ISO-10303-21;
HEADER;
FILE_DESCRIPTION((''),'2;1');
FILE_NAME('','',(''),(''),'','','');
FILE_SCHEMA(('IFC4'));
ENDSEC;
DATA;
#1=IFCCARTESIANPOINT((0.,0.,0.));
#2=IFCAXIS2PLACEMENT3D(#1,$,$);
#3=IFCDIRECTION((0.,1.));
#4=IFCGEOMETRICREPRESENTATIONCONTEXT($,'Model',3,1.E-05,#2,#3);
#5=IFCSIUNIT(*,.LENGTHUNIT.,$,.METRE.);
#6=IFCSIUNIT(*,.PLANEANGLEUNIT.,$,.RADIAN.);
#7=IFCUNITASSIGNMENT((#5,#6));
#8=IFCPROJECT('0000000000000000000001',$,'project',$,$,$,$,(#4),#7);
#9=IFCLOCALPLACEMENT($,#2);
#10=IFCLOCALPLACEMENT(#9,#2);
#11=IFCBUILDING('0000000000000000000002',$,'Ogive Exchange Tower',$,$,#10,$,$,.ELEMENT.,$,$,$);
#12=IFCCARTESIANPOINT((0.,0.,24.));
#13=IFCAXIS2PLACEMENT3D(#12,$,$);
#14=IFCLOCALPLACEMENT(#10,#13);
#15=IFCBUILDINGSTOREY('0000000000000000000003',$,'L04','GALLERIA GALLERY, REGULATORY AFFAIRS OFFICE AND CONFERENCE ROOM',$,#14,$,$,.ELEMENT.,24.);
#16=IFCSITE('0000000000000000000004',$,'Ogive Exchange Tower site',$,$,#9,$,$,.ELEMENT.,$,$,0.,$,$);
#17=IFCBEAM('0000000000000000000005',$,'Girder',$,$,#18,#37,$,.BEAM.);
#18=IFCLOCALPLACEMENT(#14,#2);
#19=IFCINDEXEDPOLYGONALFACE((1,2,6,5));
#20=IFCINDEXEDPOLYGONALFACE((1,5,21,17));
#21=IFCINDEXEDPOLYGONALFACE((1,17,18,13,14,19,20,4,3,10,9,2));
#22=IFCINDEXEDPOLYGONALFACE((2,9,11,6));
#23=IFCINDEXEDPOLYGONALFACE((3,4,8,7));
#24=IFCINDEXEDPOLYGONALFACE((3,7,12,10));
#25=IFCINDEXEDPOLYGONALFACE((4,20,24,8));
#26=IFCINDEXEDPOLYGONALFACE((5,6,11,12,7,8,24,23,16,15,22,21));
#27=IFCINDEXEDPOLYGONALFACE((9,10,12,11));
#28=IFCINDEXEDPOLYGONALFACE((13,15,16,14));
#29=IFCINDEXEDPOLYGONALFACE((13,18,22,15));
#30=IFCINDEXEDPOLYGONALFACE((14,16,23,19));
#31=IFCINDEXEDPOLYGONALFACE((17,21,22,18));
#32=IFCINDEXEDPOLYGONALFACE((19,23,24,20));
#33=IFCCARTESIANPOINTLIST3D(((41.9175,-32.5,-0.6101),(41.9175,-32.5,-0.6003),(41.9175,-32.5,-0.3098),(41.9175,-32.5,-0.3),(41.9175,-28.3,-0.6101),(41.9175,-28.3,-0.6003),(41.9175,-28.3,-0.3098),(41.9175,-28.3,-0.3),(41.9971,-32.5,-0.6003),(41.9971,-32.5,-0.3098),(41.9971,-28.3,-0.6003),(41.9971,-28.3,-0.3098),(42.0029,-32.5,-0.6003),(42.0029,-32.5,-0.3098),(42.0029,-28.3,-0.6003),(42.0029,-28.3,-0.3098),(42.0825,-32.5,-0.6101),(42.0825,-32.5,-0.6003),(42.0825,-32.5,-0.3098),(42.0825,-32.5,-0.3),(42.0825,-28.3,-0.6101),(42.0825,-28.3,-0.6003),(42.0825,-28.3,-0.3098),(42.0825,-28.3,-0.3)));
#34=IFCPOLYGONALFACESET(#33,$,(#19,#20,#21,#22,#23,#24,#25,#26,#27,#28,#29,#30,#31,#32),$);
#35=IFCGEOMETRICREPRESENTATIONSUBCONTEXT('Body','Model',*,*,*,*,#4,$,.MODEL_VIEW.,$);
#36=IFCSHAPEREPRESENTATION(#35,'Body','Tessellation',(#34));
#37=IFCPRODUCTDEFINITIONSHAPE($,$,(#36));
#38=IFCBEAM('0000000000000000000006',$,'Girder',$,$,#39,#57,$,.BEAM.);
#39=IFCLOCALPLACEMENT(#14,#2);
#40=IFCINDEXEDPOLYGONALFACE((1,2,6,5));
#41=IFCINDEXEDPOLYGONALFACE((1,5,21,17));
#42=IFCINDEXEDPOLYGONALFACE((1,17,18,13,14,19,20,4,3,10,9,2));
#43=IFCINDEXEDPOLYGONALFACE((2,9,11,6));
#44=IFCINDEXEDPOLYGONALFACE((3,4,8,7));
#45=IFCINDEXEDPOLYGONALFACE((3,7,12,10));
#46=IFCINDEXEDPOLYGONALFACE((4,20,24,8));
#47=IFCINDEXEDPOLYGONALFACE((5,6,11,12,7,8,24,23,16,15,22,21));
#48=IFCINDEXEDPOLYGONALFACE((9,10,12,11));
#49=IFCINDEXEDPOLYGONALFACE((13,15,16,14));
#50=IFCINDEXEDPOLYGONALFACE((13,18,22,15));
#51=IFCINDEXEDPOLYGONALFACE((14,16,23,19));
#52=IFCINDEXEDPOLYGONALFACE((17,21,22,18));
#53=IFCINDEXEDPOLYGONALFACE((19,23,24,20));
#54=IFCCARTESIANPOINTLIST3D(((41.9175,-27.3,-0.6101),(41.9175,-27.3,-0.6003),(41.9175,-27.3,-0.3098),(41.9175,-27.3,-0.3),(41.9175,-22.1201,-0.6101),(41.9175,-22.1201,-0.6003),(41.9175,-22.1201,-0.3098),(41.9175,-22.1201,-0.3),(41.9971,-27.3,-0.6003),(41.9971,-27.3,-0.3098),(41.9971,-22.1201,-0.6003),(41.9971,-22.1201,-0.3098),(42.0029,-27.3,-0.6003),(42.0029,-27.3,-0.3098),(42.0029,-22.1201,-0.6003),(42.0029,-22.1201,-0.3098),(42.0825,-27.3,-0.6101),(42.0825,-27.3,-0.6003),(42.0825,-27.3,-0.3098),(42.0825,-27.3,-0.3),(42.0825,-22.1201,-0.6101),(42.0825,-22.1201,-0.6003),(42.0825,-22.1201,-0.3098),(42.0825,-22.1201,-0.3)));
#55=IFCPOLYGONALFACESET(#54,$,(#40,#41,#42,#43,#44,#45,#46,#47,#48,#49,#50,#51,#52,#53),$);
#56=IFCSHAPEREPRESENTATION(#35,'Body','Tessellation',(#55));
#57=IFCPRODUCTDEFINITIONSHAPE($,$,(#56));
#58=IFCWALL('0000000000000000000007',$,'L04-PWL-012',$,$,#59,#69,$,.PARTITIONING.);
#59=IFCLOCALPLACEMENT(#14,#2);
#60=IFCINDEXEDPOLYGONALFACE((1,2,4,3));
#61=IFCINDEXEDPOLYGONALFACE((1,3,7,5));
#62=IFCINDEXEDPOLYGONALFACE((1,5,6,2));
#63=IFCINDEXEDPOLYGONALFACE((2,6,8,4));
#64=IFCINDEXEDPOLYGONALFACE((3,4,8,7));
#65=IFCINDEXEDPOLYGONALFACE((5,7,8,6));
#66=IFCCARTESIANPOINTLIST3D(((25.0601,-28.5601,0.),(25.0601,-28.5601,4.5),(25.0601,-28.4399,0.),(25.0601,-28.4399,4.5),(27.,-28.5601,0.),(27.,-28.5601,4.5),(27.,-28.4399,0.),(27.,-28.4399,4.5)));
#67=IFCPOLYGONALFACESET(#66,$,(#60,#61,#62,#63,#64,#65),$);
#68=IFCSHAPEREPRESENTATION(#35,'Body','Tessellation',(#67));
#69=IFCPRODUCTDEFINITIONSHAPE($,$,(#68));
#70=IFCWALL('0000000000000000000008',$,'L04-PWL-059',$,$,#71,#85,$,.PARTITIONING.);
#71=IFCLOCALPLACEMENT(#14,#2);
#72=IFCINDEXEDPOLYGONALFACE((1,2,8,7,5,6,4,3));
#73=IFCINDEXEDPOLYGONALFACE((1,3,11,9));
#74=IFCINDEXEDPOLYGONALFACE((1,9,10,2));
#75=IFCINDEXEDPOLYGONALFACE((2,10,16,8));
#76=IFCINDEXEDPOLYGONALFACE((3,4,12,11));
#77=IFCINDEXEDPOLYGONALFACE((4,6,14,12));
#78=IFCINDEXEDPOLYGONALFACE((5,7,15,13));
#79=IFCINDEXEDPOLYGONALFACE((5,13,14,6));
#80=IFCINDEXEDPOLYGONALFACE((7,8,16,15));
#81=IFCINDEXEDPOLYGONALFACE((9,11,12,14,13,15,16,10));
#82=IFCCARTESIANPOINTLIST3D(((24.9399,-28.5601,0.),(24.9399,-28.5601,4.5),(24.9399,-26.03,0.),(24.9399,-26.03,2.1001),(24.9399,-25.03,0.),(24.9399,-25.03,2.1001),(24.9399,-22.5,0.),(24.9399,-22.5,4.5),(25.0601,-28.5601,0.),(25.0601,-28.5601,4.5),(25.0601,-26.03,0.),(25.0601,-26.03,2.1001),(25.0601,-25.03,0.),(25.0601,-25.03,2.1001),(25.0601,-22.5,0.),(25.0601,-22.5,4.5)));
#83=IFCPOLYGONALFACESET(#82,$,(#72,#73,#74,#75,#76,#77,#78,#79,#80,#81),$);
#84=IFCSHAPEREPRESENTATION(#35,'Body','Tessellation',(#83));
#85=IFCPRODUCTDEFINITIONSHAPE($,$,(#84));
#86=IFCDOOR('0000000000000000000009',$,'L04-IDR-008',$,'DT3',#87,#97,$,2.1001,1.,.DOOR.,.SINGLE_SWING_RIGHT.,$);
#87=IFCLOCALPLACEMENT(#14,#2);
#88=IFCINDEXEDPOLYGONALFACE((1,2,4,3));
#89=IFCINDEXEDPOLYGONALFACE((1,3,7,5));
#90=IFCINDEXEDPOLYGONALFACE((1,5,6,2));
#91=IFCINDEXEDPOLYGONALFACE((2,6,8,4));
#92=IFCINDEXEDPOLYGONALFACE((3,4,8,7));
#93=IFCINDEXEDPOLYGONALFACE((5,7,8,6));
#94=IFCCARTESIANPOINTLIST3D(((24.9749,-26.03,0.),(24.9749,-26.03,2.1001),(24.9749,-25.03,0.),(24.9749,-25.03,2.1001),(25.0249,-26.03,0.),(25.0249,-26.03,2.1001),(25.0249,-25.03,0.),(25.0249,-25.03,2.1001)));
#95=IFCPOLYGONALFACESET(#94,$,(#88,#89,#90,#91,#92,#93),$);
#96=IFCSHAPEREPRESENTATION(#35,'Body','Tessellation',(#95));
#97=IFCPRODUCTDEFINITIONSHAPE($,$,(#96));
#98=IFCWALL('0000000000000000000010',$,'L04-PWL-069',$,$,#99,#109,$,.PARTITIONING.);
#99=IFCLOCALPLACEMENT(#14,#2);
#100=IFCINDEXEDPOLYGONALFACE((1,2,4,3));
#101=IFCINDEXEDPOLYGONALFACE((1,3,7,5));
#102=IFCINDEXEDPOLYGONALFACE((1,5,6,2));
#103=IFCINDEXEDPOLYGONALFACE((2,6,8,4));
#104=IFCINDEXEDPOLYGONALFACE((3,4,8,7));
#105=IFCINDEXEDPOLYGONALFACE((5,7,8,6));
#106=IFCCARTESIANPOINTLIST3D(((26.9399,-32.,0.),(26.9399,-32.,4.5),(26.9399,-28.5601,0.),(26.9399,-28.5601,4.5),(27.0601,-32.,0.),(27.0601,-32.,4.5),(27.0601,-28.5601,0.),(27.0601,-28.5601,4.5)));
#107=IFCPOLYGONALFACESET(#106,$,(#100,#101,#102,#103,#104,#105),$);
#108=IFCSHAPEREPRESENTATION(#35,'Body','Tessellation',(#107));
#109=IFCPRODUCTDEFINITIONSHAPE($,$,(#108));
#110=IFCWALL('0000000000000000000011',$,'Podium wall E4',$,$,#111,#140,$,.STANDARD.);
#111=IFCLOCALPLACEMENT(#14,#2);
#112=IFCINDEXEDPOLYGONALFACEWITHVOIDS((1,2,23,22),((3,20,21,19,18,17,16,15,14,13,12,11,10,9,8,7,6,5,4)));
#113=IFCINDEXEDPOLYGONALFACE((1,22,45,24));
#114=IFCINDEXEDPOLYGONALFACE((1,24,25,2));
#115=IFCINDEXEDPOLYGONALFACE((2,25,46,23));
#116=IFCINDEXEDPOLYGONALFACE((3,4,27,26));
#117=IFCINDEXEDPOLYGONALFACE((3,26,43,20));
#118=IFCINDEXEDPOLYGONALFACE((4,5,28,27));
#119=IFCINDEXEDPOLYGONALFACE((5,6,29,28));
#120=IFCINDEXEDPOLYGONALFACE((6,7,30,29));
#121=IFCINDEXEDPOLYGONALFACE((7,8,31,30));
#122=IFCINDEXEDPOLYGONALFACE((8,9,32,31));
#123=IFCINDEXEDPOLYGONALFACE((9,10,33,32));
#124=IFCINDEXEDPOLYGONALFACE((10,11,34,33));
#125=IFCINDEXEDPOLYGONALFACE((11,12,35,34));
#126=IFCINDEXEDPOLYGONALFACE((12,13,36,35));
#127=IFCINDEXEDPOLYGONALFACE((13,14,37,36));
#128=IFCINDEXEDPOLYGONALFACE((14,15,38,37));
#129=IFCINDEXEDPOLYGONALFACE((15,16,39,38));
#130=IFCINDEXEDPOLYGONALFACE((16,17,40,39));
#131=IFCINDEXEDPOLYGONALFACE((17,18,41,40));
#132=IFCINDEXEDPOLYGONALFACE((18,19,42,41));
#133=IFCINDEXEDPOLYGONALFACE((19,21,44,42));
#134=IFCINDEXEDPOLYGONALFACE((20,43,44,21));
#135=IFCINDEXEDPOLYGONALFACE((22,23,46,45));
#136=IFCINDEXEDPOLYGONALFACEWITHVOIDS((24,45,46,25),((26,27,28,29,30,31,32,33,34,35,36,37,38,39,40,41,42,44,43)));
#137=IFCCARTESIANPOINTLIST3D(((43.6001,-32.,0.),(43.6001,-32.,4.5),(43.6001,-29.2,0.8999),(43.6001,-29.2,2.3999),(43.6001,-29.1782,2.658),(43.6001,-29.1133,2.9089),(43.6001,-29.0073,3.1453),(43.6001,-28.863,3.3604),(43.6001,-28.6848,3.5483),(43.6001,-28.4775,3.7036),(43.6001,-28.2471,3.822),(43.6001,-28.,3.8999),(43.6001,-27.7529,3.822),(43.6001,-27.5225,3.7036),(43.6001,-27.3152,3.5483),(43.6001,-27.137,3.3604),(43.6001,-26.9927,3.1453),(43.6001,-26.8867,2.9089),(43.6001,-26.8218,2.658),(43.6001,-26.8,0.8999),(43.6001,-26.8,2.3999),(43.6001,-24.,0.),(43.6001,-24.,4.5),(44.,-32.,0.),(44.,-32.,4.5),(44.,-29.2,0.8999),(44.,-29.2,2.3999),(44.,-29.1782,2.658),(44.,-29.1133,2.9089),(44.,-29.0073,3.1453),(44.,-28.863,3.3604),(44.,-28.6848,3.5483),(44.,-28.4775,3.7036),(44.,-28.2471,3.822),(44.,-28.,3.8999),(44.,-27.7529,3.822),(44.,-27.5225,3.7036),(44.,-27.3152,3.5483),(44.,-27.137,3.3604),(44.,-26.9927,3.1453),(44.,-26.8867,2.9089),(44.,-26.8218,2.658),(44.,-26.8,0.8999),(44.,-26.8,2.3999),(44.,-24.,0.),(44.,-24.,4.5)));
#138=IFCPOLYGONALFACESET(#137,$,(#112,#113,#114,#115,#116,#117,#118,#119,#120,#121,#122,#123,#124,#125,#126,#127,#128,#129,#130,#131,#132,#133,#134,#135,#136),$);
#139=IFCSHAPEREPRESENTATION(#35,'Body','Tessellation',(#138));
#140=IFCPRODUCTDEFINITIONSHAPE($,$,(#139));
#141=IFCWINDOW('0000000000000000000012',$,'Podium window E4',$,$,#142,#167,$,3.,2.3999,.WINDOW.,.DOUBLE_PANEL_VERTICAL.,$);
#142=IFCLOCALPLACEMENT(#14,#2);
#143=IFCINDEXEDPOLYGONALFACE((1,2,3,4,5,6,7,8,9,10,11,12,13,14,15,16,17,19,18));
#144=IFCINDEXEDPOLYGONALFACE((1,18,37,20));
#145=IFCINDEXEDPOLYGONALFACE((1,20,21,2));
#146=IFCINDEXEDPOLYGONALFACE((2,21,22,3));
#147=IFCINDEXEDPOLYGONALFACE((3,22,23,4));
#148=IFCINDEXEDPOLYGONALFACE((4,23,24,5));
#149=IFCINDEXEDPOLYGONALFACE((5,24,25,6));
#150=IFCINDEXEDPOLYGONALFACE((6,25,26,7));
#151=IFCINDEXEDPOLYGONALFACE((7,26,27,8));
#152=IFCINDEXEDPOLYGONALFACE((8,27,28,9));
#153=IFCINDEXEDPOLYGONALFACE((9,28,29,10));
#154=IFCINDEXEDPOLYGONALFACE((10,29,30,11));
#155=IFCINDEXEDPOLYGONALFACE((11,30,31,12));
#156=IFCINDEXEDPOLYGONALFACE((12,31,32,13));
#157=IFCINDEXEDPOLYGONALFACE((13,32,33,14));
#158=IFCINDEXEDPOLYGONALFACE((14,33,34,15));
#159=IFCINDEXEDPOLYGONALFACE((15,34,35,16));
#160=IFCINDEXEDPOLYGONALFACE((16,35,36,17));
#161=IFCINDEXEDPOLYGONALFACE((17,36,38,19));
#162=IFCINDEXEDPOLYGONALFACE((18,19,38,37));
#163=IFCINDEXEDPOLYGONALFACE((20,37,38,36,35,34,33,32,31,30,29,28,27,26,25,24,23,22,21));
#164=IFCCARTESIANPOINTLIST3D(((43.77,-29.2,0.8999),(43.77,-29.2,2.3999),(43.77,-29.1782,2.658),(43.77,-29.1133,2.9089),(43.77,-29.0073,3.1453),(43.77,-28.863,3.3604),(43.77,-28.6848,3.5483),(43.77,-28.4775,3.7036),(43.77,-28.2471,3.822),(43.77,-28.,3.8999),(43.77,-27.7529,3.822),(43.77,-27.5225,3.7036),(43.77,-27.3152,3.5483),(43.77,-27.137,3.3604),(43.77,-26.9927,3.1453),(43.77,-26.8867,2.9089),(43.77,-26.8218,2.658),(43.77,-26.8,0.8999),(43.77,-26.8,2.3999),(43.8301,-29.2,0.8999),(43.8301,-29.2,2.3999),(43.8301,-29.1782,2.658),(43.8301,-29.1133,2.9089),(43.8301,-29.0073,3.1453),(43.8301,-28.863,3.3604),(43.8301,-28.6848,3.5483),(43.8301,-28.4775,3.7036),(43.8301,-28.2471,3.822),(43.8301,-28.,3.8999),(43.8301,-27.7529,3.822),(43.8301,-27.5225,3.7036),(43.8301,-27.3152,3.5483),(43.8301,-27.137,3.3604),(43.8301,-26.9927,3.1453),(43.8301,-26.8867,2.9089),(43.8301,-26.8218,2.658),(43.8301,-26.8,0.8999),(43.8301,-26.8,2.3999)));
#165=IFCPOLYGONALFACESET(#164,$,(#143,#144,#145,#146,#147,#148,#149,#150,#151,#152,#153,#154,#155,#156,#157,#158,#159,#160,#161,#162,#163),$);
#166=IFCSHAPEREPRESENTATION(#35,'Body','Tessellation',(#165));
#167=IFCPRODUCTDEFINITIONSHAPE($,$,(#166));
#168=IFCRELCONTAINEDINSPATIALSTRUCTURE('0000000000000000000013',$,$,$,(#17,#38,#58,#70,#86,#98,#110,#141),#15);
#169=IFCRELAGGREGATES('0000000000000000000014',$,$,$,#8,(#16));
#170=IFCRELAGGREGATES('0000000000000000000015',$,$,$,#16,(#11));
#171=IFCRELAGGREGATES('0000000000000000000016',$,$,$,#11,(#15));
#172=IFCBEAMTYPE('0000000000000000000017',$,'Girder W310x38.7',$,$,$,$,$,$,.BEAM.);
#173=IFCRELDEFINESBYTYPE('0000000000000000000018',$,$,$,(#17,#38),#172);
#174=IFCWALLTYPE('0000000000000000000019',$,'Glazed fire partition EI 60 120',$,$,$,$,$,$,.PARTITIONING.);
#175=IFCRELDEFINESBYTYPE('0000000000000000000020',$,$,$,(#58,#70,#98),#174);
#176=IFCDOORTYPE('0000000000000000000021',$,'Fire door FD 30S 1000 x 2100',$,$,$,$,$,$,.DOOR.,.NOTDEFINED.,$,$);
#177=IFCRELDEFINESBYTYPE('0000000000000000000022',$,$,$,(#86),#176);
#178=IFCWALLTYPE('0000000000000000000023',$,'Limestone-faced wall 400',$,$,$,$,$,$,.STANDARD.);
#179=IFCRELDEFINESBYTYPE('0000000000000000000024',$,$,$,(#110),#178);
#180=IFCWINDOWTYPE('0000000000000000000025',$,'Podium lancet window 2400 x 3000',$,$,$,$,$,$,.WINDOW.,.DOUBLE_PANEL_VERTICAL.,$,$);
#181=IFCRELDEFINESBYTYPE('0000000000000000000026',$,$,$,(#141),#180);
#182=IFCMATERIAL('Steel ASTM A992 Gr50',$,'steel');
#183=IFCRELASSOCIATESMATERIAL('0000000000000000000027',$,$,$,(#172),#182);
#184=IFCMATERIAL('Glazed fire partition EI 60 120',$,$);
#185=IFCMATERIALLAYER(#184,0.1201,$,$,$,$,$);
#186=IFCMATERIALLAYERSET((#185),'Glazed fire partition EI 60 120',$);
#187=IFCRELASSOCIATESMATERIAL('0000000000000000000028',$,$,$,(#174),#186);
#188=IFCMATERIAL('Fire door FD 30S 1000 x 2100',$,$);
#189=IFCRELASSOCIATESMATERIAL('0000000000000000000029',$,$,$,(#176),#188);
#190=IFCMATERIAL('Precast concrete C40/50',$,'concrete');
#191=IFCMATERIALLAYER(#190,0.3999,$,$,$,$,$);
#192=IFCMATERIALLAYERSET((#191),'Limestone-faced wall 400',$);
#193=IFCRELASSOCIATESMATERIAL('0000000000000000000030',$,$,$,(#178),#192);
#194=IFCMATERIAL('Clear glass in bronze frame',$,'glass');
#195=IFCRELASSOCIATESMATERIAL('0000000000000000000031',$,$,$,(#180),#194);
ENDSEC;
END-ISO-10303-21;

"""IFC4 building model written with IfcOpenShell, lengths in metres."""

from ifc_helpers import new_model, si_unit, direction, frame, frame_2d, origin, origin_2d, place, context, subcontext, project, spatial, polyline, rectangle, i_section, outline, extrude, material, layer, layer_set, material_profile, profile_set, type_object, element, fill, save


model = new_model("IFC4")

# Units and contexts
model_context = context("Model", 3, precision=1e-05, world=origin(), true_north=direction((0.0, 1.0)))
body_context = subcontext(model_context, "Body", "Model", "MODEL_VIEW")
ifc_project = project(units=[si_unit("LENGTHUNIT", "METRE"), si_unit("PLANEANGLEUNIT", "RADIAN")], contexts=[model_context])

# Site, building, storey
site_placement = place(None, origin())
site = spatial("IfcSite", under=ifc_project, at=site_placement, Name="Ogive Exchange Tower site", CompositionType="ELEMENT", RefElevation=0.0)
building_placement = place(site_placement, origin())
building = spatial("IfcBuilding", under=site, at=building_placement, Name="Ogive Exchange Tower", CompositionType="ELEMENT")
storey_placement = place(building_placement, frame((0.0, 0.0, 24.0)))
storey = spatial("IfcBuildingStorey", under=building, at=storey_placement, Name="L04", Description="GALLERIA GALLERY, REGULATORY AFFAIRS OFFICE AND CONFERENCE ROOM", CompositionType="ELEMENT", Elevation=24.0)

# Beams
ifc_material_1 = material(Name="Steel ASTM A992 Gr50", Category="steel")
ifc_material_profile_1 = material_profile(ifc_material_1, i_section(OverallWidth=0.165, OverallDepth=0.3101, WebThickness=0.0059, FlangeThickness=0.0098, at=origin_2d()), Name="W310x38.7")
ifc_profile_set_1 = profile_set([ifc_material_profile_1], Name="Steel ASTM A992 Gr50")
beam_type_1 = type_object("IfcBeamType", Name="Girder W310x38.7", PredefinedType="BEAM", material=ifc_profile_set_1)
beam_1_placement = place(storey_placement, frame((42.0, -32.5, -0.4551), z_axis=(0.0, 1.0, 0.0), x_axis=(-1.0, 0.0, 0.0)))
element("IfcBeam", 1, at=beam_1_placement, inside=storey, type_object=beam_type_1, Name="Girder", PredefinedType="BEAM", context=body_context, shape_type="SweptSolid", body=[
    extrude(i_section(OverallWidth=0.165, OverallDepth=0.3101, WebThickness=0.0059, FlangeThickness=0.0098, at=origin_2d()), origin(), (0.0, 0.0, 1.0), 4.2),
])
beam_2_placement = place(storey_placement, frame((42.0, -27.3, -0.4551), z_axis=(0.0, 1.0, 0.0), x_axis=(-1.0, 0.0, 0.0)))
element("IfcBeam", 2, at=beam_2_placement, inside=storey, type_object=beam_type_1, Name="Girder", PredefinedType="BEAM", context=body_context, shape_type="SweptSolid", body=[
    extrude(i_section(OverallWidth=0.165, OverallDepth=0.3101, WebThickness=0.0059, FlangeThickness=0.0098, at=origin_2d()), origin(), (0.0, 0.0, 1.0), 5.1799),
])

# Wall
ifc_material_2 = material(Name="Glazed fire partition EI 60 120")
ifc_layer_1 = layer(ifc_material_2, 0.1201)
ifc_layer_set_1 = layer_set([ifc_layer_1], Name="Glazed fire partition EI 60 120")
wall_type_1 = type_object("IfcWallType", Name="Glazed fire partition EI 60 120", PredefinedType="PARTITIONING", material=ifc_layer_set_1)
wall_1_placement = place(storey_placement, frame((25.0601, -28.5, 0.0), z_axis=(0.0, 0.0, 1.0), x_axis=(1.0, 0.0, 0.0)))
element("IfcWall", 3, at=wall_1_placement, inside=storey, type_object=wall_type_1, Name="L04-PWL-012", PredefinedType="PARTITIONING", context=body_context, shape_type="SweptSolid", body=[
    extrude(rectangle(XDim=1.9399, YDim=0.1201, at=frame_2d((0.97, 0.0))), origin(), (0.0, 0.0, 1.0), 4.5),
])

# Wall, opening, door
wall_2_placement = place(storey_placement, frame((25.0, -28.5601, 0.0), z_axis=(0.0, 0.0, 1.0), x_axis=(0.0, 1.0, 0.0)))
wall_2 = element("IfcWall", 4, at=wall_2_placement, inside=storey, type_object=wall_type_1, Name="L04-PWL-059", PredefinedType="PARTITIONING", context=body_context, shape_type="SweptSolid", body=[
    extrude(rectangle(XDim=6.0601, YDim=0.1201, at=frame_2d((3.03, 0.0))), origin(), (0.0, 0.0, 1.0), 4.5),
])
opening_1_placement = place(wall_2_placement, frame((2.53, 0.0, 0.0)))
opening_1 = element("IfcOpeningElement", 5, at=opening_1_placement, cuts=wall_2, PredefinedType="OPENING", context=body_context, shape_type="SweptSolid", body=[
    extrude(rectangle(XDim=1.0, YDim=2.1001, at=frame_2d((0.5, 1.05))), frame((0.0, 0.0701, 0.0), z_axis=(0.0, -1.0, 0.0), x_axis=(1.0, 0.0, 0.0)), (0.0, 0.0, 1.0), 0.1401),
])
ifc_material_3 = material(Name="Fire door FD 30S 1000 x 2100")
door_type = type_object("IfcDoorType", Name="Fire door FD 30S 1000 x 2100", OperationType="NOTDEFINED", PredefinedType="DOOR", material=ifc_material_3)
door_placement = place(opening_1_placement, frame((1.0, 0.0, 0.0), z_axis=(0.0, 0.0, 1.0), x_axis=(-1.0, 0.0, 0.0)))
door = element("IfcDoor", 6, at=door_placement, inside=storey, type_object=door_type, Name="L04-IDR-008", ObjectType="DT3", OperationType="SINGLE_SWING_RIGHT", OverallHeight=2.1001, OverallWidth=1.0, PredefinedType="DOOR", context=body_context, shape_type="SweptSolid", body=[
    extrude(rectangle(XDim=1.0, YDim=2.1001, at=frame_2d((0.5, 1.05))), frame((0.0, 0.0249, 0.0), z_axis=(0.0, -1.0, 0.0), x_axis=(1.0, 0.0, 0.0)), (0.0, 0.0, 1.0), 0.05),
])
fill(opening_1, door)

# Wall
wall_3_placement = place(storey_placement, frame((27.0, -32.0, 0.0), z_axis=(0.0, 0.0, 1.0), x_axis=(0.0, 1.0, 0.0)))
element("IfcWall", 7, at=wall_3_placement, inside=storey, type_object=wall_type_1, Name="L04-PWL-069", PredefinedType="PARTITIONING", context=body_context, shape_type="SweptSolid", body=[
    extrude(rectangle(XDim=3.4399, YDim=0.1201, at=frame_2d((1.72, 0.0))), origin(), (0.0, 0.0, 1.0), 4.5),
])

# Wall, opening, window
ifc_material_4 = material(Name="Precast concrete C40/50", Category="concrete")
ifc_layer_2 = layer(ifc_material_4, 0.3999)
ifc_layer_set_2 = layer_set([ifc_layer_2], Name="Limestone-faced wall 400")
wall_type_2 = type_object("IfcWallType", Name="Limestone-faced wall 400", PredefinedType="STANDARD", material=ifc_layer_set_2)
wall_4_placement = place(storey_placement, frame((43.8, -32.0, 0.0), z_axis=(0.0, 0.0, 1.0), x_axis=(0.0, 1.0, 0.0)))
wall_4 = element("IfcWall", 8, at=wall_4_placement, inside=storey, type_object=wall_type_2, Name="Podium wall E4", PredefinedType="STANDARD", context=body_context, shape_type="SweptSolid", body=[
    extrude(rectangle(XDim=8.0, YDim=0.3999, at=frame_2d((4.0, 0.0))), origin(), (0.0, 0.0, 1.0), 4.5),
])
opening_2_placement = place(wall_4_placement, frame((2.8, 0.0, 0.8999)))
opening_2 = element("IfcOpeningElement", 9, at=opening_2_placement, cuts=wall_4, PredefinedType="OPENING", context=body_context, shape_type="SweptSolid", body=[
    extrude(outline(polyline([(0.0, 0.0), (2.3999, 0.0), (2.3999, 1.5), (2.3782, 1.7581), (2.3132, 2.009), (2.2073, 2.2454), (2.063, 2.4604), (1.8848, 2.6484), (1.6775, 2.8037), (1.447, 2.9221), (1.2, 3.0), (0.9529, 2.9221), (0.7224, 2.8037), (0.5151, 2.6484), (0.3369, 2.4604), (0.1926, 2.2454), (0.0867, 2.009), (0.0217, 1.7581), (0.0, 1.5), (0.0, 0.0)])), frame((0.0, 0.21, 0.0), z_axis=(0.0, -1.0, 0.0), x_axis=(1.0, 0.0, 0.0)), (0.0, 0.0, 1.0), 0.4199),
])
ifc_material_5 = material(Name="Clear glass in bronze frame", Category="glass")
window_type = type_object("IfcWindowType", Name="Podium lancet window 2400 x 3000", PartitioningType="DOUBLE_PANEL_VERTICAL", PredefinedType="WINDOW", material=ifc_material_5)
window_placement = place(opening_2_placement, origin())
window = element("IfcWindow", 10, at=window_placement, inside=storey, type_object=window_type, Name="Podium window E4", OverallHeight=3.0, OverallWidth=2.3999, PartitioningType="DOUBLE_PANEL_VERTICAL", PredefinedType="WINDOW", context=body_context, shape_type="SweptSolid", body=[
    extrude(outline(polyline([(0.0, 0.0), (2.3999, 0.0), (2.3999, 1.5), (2.3782, 1.7581), (2.3132, 2.009), (2.2073, 2.2454), (2.063, 2.4604), (1.8848, 2.6484), (1.6775, 2.8037), (1.447, 2.9221), (1.2, 3.0), (0.9529, 2.9221), (0.7224, 2.8037), (0.5151, 2.6484), (0.3369, 2.4604), (0.1926, 2.2454), (0.0867, 2.009), (0.0217, 1.7581), (0.0, 1.5), (0.0, 0.0)])), frame((0.0, 0.03, 0.0), z_axis=(0.0, -1.0, 0.0), x_axis=(1.0, 0.0, 0.0)), (0.0, 0.0, 1.0), 0.0601),
])
fill(opening_2, window)

save(model, "model.ifc")
